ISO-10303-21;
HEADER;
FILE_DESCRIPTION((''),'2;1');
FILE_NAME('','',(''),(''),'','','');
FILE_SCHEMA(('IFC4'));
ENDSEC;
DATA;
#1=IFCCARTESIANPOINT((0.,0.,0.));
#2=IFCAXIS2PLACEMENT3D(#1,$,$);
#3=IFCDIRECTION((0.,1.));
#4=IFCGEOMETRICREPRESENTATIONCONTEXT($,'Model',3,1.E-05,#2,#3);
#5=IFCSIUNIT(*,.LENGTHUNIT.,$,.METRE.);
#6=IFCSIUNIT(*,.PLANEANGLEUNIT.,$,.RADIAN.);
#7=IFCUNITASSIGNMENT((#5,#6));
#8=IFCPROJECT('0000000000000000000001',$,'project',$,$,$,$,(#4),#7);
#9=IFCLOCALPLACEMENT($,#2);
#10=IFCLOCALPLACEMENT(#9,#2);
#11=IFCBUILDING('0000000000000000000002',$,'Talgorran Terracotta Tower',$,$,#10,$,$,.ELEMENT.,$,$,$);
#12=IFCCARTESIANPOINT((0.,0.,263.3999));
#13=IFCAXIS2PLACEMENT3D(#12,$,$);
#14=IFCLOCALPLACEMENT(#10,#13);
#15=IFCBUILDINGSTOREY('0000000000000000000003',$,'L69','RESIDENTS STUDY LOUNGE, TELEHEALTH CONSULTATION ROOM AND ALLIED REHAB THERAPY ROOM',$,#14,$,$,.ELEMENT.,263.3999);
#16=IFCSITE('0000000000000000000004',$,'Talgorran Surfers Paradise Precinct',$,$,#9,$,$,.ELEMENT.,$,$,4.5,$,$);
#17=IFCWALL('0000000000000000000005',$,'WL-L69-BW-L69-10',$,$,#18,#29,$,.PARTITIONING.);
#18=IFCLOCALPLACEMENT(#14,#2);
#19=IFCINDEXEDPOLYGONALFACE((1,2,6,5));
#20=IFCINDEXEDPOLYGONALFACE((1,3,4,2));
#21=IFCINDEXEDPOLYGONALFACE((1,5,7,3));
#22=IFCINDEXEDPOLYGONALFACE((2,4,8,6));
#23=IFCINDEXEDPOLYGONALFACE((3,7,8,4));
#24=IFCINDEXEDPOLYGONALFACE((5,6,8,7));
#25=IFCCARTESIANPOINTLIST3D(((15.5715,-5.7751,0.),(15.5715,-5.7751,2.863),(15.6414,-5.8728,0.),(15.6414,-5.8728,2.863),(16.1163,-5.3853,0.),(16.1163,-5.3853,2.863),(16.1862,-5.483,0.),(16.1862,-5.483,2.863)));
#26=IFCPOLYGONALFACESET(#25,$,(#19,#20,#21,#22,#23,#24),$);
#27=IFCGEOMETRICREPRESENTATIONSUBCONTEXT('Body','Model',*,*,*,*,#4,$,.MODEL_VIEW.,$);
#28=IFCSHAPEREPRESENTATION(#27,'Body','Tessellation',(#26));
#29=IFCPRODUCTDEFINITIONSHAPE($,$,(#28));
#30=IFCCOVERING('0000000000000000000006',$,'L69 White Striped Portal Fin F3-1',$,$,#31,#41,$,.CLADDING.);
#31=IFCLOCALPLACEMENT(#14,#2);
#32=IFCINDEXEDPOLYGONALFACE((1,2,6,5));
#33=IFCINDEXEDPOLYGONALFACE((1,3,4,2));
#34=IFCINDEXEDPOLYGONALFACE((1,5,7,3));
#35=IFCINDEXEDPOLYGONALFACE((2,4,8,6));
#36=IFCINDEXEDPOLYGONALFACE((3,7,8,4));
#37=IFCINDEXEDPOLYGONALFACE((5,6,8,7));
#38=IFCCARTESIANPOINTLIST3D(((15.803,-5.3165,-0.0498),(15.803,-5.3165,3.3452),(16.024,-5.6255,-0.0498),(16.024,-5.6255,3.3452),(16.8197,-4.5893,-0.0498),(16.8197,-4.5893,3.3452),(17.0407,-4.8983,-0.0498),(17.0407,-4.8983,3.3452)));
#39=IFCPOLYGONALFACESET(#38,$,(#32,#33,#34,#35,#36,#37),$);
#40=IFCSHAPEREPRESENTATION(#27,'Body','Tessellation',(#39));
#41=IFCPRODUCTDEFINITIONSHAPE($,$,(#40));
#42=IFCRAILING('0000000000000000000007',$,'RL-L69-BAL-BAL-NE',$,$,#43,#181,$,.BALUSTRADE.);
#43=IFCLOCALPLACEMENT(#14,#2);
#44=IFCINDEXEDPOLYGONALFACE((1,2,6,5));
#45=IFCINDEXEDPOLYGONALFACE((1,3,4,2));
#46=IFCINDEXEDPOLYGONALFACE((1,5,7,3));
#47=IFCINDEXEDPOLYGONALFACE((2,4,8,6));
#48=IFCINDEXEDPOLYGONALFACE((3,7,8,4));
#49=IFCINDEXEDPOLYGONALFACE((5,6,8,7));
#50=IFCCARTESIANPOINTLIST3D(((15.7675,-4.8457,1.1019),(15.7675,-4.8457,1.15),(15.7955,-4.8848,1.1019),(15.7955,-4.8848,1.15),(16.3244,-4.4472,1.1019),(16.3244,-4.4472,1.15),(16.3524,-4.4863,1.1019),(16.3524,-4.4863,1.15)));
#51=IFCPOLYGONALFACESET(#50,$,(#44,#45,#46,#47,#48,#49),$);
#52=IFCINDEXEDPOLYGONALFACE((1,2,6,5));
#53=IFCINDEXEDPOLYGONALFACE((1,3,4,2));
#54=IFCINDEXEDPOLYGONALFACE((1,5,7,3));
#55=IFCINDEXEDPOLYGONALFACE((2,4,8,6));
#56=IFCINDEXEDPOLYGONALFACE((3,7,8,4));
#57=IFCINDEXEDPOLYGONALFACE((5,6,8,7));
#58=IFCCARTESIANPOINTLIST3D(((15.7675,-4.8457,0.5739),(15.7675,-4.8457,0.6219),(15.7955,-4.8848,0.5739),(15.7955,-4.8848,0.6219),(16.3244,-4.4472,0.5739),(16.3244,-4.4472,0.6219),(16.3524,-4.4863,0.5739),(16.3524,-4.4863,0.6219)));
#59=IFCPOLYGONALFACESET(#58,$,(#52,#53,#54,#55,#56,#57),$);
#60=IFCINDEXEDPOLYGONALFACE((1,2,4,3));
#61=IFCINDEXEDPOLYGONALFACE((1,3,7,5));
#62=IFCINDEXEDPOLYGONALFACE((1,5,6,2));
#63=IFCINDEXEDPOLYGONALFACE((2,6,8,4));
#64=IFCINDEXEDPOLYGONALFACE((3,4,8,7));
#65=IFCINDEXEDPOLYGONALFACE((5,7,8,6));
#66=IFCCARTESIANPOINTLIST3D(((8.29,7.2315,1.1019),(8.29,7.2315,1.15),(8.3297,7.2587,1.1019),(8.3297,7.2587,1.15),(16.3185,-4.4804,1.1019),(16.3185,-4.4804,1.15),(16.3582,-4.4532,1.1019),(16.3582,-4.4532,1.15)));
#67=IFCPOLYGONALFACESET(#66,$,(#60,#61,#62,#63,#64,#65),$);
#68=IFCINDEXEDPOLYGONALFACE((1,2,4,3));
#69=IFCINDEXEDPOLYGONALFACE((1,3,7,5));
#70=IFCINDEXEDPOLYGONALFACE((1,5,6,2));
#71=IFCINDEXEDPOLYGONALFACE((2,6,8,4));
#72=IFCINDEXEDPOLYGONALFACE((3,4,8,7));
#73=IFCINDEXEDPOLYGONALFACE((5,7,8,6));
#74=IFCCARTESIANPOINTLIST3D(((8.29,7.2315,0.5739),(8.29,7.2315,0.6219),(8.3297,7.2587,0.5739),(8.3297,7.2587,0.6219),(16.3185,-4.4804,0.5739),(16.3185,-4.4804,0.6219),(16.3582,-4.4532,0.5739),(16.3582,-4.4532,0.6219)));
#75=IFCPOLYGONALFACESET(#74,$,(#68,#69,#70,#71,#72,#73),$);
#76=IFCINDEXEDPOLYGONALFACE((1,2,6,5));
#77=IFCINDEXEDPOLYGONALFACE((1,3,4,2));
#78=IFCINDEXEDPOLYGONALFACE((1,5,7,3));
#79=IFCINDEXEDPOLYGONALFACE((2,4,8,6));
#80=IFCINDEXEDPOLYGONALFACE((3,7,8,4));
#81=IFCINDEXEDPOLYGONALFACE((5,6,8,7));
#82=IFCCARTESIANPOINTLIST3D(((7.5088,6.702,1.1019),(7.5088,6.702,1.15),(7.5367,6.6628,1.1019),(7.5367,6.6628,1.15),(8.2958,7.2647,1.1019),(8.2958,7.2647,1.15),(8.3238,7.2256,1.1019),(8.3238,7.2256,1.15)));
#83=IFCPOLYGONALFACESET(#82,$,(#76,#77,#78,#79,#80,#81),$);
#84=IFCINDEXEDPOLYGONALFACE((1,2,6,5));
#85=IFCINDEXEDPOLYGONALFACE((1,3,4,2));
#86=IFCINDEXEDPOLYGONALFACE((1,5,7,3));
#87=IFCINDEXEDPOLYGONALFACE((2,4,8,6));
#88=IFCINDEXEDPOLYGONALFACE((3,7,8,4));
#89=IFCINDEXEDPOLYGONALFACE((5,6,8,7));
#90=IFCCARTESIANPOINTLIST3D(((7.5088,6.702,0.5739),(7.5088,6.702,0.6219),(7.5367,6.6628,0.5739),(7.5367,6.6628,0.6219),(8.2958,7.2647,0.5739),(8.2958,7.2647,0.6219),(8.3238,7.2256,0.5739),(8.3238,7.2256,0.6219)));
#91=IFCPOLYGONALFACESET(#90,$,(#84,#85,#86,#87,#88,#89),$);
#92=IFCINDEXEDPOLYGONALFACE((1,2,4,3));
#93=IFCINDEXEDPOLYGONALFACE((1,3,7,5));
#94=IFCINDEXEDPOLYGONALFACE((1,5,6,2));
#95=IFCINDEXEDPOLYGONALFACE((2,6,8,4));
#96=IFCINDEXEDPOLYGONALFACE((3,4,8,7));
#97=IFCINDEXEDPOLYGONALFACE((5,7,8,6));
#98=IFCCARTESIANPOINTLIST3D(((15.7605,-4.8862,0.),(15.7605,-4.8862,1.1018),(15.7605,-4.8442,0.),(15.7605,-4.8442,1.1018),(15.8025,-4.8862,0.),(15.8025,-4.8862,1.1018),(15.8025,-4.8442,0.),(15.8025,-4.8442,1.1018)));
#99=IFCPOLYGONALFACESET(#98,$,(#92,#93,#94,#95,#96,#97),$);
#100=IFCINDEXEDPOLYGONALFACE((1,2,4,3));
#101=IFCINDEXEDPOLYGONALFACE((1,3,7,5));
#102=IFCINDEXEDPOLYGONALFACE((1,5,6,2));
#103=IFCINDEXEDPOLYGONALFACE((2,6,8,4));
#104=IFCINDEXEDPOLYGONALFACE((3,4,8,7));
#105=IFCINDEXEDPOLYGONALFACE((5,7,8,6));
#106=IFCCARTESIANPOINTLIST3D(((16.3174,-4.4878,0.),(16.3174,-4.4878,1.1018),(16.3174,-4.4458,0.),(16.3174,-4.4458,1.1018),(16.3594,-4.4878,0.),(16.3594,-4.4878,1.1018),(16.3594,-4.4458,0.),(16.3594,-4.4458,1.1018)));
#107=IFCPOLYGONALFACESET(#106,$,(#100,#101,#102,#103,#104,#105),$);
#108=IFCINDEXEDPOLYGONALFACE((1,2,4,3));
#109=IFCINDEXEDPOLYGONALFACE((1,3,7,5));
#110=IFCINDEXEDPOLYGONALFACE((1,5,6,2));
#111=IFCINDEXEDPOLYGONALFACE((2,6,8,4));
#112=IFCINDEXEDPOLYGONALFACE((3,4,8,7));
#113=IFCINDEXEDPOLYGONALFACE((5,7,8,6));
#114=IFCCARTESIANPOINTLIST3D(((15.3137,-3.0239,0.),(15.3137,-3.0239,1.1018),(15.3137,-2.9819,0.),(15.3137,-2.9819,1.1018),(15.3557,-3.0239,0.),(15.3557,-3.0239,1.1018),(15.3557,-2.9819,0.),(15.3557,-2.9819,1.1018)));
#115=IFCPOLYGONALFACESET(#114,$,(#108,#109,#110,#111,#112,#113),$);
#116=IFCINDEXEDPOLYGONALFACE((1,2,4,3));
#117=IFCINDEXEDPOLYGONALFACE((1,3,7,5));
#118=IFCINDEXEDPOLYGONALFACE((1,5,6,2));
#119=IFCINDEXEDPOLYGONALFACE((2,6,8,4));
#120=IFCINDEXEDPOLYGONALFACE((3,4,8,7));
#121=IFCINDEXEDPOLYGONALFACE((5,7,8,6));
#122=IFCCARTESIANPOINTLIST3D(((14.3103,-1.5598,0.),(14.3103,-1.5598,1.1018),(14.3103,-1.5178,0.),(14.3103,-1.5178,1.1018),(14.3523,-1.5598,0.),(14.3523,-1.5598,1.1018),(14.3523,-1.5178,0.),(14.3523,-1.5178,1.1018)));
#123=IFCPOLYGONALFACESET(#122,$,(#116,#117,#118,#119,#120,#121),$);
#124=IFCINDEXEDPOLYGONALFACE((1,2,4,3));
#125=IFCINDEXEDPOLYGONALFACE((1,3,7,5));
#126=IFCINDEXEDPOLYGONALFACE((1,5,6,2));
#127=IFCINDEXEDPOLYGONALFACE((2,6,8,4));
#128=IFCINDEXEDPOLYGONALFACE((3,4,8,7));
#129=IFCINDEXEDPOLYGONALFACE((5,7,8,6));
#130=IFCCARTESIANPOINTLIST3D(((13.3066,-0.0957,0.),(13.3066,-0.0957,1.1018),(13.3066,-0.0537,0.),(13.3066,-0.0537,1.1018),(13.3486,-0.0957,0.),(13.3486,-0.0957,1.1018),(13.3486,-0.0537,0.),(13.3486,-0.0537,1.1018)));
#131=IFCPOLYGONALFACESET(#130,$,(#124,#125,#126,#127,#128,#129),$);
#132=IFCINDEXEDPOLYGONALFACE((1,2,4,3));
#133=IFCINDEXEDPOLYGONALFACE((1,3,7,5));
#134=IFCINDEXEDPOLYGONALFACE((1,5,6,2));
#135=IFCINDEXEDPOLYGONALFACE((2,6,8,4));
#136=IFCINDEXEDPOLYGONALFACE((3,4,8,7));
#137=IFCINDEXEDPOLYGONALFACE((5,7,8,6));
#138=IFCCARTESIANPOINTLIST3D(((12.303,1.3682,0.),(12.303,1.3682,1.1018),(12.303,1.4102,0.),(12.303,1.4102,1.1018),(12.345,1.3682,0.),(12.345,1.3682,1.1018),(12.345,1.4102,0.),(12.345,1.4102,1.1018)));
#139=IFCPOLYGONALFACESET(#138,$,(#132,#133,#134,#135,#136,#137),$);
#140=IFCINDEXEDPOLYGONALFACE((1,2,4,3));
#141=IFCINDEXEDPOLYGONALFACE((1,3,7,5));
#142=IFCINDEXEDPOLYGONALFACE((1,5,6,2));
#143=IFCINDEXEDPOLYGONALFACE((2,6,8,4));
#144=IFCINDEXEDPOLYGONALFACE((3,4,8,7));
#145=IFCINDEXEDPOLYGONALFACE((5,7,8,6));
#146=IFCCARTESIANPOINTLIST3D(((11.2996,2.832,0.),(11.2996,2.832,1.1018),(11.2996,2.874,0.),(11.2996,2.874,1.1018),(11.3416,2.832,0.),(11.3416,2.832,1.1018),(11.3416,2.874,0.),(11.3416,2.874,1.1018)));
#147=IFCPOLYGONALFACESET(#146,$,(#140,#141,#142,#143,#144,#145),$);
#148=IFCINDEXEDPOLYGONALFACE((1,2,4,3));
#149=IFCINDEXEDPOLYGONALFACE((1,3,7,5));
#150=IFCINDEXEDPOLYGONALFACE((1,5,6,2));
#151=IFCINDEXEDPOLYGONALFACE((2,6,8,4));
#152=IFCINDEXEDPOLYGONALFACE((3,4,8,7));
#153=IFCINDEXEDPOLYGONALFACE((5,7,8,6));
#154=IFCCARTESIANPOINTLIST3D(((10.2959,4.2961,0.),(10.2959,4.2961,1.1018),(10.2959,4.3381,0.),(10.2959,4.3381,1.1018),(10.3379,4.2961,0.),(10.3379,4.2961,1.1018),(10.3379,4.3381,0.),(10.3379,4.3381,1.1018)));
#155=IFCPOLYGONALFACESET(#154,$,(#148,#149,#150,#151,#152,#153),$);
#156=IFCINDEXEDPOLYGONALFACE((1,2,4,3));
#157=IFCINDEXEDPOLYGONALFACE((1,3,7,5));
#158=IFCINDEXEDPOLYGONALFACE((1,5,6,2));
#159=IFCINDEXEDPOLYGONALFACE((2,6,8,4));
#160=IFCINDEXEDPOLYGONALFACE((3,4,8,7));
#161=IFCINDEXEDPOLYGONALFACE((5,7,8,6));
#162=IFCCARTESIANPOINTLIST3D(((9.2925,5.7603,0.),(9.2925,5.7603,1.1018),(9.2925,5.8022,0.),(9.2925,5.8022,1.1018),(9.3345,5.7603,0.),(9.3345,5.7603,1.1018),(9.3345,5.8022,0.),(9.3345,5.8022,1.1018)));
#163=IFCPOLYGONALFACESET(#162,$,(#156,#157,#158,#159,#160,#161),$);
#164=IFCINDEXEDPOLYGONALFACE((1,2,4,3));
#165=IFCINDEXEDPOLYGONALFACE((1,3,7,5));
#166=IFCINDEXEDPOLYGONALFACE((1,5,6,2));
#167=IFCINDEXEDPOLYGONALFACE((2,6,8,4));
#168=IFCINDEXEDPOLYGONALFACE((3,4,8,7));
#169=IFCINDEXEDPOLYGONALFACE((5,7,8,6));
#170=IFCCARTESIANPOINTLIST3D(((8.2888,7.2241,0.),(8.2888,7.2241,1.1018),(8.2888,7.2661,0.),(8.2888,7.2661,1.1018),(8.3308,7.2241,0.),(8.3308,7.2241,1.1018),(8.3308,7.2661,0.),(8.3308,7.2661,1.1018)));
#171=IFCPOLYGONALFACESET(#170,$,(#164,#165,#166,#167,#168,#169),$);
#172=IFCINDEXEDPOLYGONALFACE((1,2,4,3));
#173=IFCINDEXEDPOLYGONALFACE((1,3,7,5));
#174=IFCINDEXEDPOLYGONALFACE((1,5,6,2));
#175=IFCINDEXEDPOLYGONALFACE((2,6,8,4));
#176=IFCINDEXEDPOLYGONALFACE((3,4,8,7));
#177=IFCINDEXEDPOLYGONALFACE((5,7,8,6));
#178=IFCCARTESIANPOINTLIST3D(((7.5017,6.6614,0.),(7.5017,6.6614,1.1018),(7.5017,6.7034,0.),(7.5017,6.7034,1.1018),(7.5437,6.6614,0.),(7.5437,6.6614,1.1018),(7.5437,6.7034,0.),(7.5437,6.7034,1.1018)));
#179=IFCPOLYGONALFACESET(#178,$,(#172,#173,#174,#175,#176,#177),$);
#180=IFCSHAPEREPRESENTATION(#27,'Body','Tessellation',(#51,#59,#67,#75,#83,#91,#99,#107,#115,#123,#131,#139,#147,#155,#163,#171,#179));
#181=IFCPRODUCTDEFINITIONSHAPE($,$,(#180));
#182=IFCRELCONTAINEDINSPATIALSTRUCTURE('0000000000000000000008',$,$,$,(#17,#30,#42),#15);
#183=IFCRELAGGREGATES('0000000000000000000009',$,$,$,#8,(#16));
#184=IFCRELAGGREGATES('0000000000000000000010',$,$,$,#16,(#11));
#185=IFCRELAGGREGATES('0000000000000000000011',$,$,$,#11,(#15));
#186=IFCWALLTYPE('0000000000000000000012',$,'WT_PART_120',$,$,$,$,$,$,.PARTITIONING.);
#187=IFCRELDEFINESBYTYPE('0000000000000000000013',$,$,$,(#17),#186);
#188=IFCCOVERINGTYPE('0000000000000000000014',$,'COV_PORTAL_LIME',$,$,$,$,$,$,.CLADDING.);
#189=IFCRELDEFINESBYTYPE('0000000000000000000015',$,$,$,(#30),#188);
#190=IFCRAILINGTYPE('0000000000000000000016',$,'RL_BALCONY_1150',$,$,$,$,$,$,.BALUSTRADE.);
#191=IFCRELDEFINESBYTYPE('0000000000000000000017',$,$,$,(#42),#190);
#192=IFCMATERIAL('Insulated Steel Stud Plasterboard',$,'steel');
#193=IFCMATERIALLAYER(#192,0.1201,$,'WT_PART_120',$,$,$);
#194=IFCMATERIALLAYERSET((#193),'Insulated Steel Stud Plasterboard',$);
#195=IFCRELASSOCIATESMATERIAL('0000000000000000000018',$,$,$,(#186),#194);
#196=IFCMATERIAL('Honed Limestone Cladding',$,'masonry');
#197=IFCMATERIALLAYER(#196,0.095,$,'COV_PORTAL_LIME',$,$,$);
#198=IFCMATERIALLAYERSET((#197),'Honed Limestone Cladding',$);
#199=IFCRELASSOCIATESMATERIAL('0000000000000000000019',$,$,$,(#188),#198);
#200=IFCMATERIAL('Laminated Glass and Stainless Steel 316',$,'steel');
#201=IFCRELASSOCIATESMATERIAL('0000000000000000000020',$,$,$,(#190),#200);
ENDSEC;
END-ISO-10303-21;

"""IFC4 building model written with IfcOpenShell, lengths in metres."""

from ifc_helpers import new_model, si_unit, direction, frame, frame_2d, origin, origin_2d, place, context, subcontext, project, spatial, rectangle, extrude, material, layer, layer_set, type_object, element, save


model = new_model("IFC4")

# Units and contexts
model_context = context("Model", 3, precision=1e-05, world=origin(), true_north=direction((0.0, 1.0)))
body_context = subcontext(model_context, "Body", "Model", "MODEL_VIEW")
ifc_project = project(units=[si_unit("LENGTHUNIT", "METRE"), si_unit("PLANEANGLEUNIT", "RADIAN")], contexts=[model_context])

# Site, building, storey
site_placement = place(None, origin())
site = spatial("IfcSite", under=ifc_project, at=site_placement, Name="Talgorran Surfers Paradise Precinct", CompositionType="ELEMENT", RefElevation=4.5)
building_placement = place(site_placement, origin())
building = spatial("IfcBuilding", under=site, at=building_placement, Name="Talgorran Terracotta Tower", CompositionType="ELEMENT")
storey_placement = place(building_placement, frame((0.0, 0.0, 263.3999)))
storey = spatial("IfcBuildingStorey", under=building, at=storey_placement, Name="L69", Description="RESIDENTS STUDY LOUNGE, TELEHEALTH CONSULTATION ROOM AND ALLIED REHAB THERAPY ROOM", CompositionType="ELEMENT", Elevation=263.3999)

# Wall
ifc_material_1 = material(Name="Insulated Steel Stud Plasterboard", Category="steel")
ifc_layer_1 = layer(ifc_material_1, 0.1201, Name="WT_PART_120")
ifc_layer_set_1 = layer_set([ifc_layer_1], Name="Insulated Steel Stud Plasterboard")
wall_type_1 = type_object("IfcWallType", Name="WT_PART_120", PredefinedType="PARTITIONING", material=ifc_layer_set_1)
wall_1_placement = place(storey_placement, frame((15.6064, -5.824, 0.0), z_axis=(0.0, 0.0, 1.0), x_axis=(0.813265, 0.581893, 0.0)))
element("IfcWall", 1, at=wall_1_placement, inside=storey, type_object=wall_type_1, Name="WL-L69-BW-L69-10", PredefinedType="PARTITIONING", context=body_context, shape_type="SweptSolid", body=[
    extrude(rectangle(XDim=0.6699, YDim=0.1201, at=frame_2d((0.335, 0.0))), origin(), (0.0, 0.0, 1.0), 2.863),
])

# Covering
ifc_material_2 = material(Name="Honed Limestone Cladding", Category="masonry")
ifc_layer_2 = layer(ifc_material_2, 0.095, Name="COV_PORTAL_LIME")
ifc_layer_set_2 = layer_set([ifc_layer_2], Name="Honed Limestone Cladding")
covering_type = type_object("IfcCoveringType", Name="COV_PORTAL_LIME", PredefinedType="CLADDING", material=ifc_layer_set_2)
covering_placement = place(storey_placement, frame((16.4219, -5.1074, -0.0498), z_axis=(0.0, 0.0, 1.0), x_axis=(-0.581726, 0.813385, 0.0)))
element("IfcCovering", 2, at=covering_placement, inside=storey, type_object=covering_type, Name="L69 White Striped Portal Fin F3-1", PredefinedType="CLADDING", context=body_context, shape_type="SweptSolid", body=[
    extrude(rectangle(XDim=0.3799, YDim=1.25, at=origin_2d()), origin(), (0.0, 0.0, 1.0), 3.395),
])

# Railing
ifc_material_3 = material(Name="Laminated Glass and Stainless Steel 316", Category="steel")
railing_type = type_object("IfcRailingType", Name="RL_BALCONY_1150", PredefinedType="BALUSTRADE", material=ifc_material_3)
railing_placement = place(storey_placement, frame((15.7815, -4.8652, 0.0)))
element("IfcRailing", 3, at=railing_placement, inside=storey, type_object=railing_type, Name="RL-L69-BAL-BAL-NE", PredefinedType="BALUSTRADE", context=body_context, shape_type="SweptSolid", body=[
    extrude(rectangle(XDim=0.0481, YDim=0.0481, at=origin_2d()), frame((0.0, 0.0, 1.126), z_axis=(0.813275, 0.581879, 0.0), x_axis=(-0.581879, 0.813275, 0.0)), (0.0, 0.0, 1.0), 0.6848),
    extrude(rectangle(XDim=0.0481, YDim=0.0481, at=origin_2d()), frame((0.0, 0.0, 0.5979), z_axis=(0.813275, 0.581879, 0.0), x_axis=(-0.581879, 0.813275, 0.0)), (0.0, 0.0, 1.0), 0.6848),
    extrude(rectangle(XDim=0.0481, YDim=0.0481, at=origin_2d()), frame((0.5569, 0.3984, 1.126), z_axis=(-0.56541, 0.82481, 0.0), x_axis=(-0.82481, -0.56541, 0.0)), (0.0, 0.0, 1.0), 14.1995),
    extrude(rectangle(XDim=0.0481, YDim=0.0481, at=origin_2d()), frame((0.5569, 0.3984, 0.5979), z_axis=(-0.56541, 0.82481, 0.0), x_axis=(-0.82481, -0.56541, 0.0)), (0.0, 0.0, 1.0), 14.1995),
    extrude(rectangle(XDim=0.0481, YDim=0.0481, at=origin_2d()), frame((-7.4717, 12.1104, 1.126), z_axis=(-0.813478, -0.581596, 0.0), x_axis=(0.581596, -0.813478, 0.0)), (0.0, 0.0, 1.0), 0.9675),
    extrude(rectangle(XDim=0.0481, YDim=0.0481, at=origin_2d()), frame((-7.4717, 12.1104, 0.5979), z_axis=(-0.813478, -0.581596, 0.0), x_axis=(0.581596, -0.813478, 0.0)), (0.0, 0.0, 1.0), 0.9675),
    extrude(rectangle(XDim=0.042, YDim=0.042, at=origin_2d()), origin(), (0.0, 0.0, 1.0), 1.1018),
    extrude(rectangle(XDim=0.042, YDim=0.042, at=origin_2d()), frame((0.5569, 0.3984, 0.0)), (0.0, 0.0, 1.0), 1.1018),
    extrude(rectangle(XDim=0.042, YDim=0.042, at=origin_2d()), frame((-0.4468, 1.8623, 0.0)), (0.0, 0.0, 1.0), 1.1018),
    extrude(rectangle(XDim=0.042, YDim=0.042, at=origin_2d()), frame((-1.4502, 3.3264, 0.0)), (0.0, 0.0, 1.0), 1.1018),
    extrude(rectangle(XDim=0.042, YDim=0.042, at=origin_2d()), frame((-2.4539, 4.7905, 0.0)), (0.0, 0.0, 1.0), 1.1018),
    extrude(rectangle(XDim=0.042, YDim=0.042, at=origin_2d()), frame((-3.4575, 6.2544, 0.0)), (0.0, 0.0, 1.0), 1.1018),
    extrude(rectangle(XDim=0.042, YDim=0.042, at=origin_2d()), frame((-4.4609, 7.7183, 0.0)), (0.0, 0.0, 1.0), 1.1018),
    extrude(rectangle(XDim=0.042, YDim=0.042, at=origin_2d()), frame((-5.4646, 9.1824, 0.0)), (0.0, 0.0, 1.0), 1.1018),
    extrude(rectangle(XDim=0.042, YDim=0.042, at=origin_2d()), frame((-6.468, 10.6465, 0.0)), (0.0, 0.0, 1.0), 1.1018),
    extrude(rectangle(XDim=0.042, YDim=0.042, at=origin_2d()), frame((-7.4717, 12.1104, 0.0)), (0.0, 0.0, 1.0), 1.1018),
    extrude(rectangle(XDim=0.042, YDim=0.042, at=origin_2d()), frame((-8.2588, 11.5476, 0.0)), (0.0, 0.0, 1.0), 1.1018),
])

save(model, "model.ifc")
